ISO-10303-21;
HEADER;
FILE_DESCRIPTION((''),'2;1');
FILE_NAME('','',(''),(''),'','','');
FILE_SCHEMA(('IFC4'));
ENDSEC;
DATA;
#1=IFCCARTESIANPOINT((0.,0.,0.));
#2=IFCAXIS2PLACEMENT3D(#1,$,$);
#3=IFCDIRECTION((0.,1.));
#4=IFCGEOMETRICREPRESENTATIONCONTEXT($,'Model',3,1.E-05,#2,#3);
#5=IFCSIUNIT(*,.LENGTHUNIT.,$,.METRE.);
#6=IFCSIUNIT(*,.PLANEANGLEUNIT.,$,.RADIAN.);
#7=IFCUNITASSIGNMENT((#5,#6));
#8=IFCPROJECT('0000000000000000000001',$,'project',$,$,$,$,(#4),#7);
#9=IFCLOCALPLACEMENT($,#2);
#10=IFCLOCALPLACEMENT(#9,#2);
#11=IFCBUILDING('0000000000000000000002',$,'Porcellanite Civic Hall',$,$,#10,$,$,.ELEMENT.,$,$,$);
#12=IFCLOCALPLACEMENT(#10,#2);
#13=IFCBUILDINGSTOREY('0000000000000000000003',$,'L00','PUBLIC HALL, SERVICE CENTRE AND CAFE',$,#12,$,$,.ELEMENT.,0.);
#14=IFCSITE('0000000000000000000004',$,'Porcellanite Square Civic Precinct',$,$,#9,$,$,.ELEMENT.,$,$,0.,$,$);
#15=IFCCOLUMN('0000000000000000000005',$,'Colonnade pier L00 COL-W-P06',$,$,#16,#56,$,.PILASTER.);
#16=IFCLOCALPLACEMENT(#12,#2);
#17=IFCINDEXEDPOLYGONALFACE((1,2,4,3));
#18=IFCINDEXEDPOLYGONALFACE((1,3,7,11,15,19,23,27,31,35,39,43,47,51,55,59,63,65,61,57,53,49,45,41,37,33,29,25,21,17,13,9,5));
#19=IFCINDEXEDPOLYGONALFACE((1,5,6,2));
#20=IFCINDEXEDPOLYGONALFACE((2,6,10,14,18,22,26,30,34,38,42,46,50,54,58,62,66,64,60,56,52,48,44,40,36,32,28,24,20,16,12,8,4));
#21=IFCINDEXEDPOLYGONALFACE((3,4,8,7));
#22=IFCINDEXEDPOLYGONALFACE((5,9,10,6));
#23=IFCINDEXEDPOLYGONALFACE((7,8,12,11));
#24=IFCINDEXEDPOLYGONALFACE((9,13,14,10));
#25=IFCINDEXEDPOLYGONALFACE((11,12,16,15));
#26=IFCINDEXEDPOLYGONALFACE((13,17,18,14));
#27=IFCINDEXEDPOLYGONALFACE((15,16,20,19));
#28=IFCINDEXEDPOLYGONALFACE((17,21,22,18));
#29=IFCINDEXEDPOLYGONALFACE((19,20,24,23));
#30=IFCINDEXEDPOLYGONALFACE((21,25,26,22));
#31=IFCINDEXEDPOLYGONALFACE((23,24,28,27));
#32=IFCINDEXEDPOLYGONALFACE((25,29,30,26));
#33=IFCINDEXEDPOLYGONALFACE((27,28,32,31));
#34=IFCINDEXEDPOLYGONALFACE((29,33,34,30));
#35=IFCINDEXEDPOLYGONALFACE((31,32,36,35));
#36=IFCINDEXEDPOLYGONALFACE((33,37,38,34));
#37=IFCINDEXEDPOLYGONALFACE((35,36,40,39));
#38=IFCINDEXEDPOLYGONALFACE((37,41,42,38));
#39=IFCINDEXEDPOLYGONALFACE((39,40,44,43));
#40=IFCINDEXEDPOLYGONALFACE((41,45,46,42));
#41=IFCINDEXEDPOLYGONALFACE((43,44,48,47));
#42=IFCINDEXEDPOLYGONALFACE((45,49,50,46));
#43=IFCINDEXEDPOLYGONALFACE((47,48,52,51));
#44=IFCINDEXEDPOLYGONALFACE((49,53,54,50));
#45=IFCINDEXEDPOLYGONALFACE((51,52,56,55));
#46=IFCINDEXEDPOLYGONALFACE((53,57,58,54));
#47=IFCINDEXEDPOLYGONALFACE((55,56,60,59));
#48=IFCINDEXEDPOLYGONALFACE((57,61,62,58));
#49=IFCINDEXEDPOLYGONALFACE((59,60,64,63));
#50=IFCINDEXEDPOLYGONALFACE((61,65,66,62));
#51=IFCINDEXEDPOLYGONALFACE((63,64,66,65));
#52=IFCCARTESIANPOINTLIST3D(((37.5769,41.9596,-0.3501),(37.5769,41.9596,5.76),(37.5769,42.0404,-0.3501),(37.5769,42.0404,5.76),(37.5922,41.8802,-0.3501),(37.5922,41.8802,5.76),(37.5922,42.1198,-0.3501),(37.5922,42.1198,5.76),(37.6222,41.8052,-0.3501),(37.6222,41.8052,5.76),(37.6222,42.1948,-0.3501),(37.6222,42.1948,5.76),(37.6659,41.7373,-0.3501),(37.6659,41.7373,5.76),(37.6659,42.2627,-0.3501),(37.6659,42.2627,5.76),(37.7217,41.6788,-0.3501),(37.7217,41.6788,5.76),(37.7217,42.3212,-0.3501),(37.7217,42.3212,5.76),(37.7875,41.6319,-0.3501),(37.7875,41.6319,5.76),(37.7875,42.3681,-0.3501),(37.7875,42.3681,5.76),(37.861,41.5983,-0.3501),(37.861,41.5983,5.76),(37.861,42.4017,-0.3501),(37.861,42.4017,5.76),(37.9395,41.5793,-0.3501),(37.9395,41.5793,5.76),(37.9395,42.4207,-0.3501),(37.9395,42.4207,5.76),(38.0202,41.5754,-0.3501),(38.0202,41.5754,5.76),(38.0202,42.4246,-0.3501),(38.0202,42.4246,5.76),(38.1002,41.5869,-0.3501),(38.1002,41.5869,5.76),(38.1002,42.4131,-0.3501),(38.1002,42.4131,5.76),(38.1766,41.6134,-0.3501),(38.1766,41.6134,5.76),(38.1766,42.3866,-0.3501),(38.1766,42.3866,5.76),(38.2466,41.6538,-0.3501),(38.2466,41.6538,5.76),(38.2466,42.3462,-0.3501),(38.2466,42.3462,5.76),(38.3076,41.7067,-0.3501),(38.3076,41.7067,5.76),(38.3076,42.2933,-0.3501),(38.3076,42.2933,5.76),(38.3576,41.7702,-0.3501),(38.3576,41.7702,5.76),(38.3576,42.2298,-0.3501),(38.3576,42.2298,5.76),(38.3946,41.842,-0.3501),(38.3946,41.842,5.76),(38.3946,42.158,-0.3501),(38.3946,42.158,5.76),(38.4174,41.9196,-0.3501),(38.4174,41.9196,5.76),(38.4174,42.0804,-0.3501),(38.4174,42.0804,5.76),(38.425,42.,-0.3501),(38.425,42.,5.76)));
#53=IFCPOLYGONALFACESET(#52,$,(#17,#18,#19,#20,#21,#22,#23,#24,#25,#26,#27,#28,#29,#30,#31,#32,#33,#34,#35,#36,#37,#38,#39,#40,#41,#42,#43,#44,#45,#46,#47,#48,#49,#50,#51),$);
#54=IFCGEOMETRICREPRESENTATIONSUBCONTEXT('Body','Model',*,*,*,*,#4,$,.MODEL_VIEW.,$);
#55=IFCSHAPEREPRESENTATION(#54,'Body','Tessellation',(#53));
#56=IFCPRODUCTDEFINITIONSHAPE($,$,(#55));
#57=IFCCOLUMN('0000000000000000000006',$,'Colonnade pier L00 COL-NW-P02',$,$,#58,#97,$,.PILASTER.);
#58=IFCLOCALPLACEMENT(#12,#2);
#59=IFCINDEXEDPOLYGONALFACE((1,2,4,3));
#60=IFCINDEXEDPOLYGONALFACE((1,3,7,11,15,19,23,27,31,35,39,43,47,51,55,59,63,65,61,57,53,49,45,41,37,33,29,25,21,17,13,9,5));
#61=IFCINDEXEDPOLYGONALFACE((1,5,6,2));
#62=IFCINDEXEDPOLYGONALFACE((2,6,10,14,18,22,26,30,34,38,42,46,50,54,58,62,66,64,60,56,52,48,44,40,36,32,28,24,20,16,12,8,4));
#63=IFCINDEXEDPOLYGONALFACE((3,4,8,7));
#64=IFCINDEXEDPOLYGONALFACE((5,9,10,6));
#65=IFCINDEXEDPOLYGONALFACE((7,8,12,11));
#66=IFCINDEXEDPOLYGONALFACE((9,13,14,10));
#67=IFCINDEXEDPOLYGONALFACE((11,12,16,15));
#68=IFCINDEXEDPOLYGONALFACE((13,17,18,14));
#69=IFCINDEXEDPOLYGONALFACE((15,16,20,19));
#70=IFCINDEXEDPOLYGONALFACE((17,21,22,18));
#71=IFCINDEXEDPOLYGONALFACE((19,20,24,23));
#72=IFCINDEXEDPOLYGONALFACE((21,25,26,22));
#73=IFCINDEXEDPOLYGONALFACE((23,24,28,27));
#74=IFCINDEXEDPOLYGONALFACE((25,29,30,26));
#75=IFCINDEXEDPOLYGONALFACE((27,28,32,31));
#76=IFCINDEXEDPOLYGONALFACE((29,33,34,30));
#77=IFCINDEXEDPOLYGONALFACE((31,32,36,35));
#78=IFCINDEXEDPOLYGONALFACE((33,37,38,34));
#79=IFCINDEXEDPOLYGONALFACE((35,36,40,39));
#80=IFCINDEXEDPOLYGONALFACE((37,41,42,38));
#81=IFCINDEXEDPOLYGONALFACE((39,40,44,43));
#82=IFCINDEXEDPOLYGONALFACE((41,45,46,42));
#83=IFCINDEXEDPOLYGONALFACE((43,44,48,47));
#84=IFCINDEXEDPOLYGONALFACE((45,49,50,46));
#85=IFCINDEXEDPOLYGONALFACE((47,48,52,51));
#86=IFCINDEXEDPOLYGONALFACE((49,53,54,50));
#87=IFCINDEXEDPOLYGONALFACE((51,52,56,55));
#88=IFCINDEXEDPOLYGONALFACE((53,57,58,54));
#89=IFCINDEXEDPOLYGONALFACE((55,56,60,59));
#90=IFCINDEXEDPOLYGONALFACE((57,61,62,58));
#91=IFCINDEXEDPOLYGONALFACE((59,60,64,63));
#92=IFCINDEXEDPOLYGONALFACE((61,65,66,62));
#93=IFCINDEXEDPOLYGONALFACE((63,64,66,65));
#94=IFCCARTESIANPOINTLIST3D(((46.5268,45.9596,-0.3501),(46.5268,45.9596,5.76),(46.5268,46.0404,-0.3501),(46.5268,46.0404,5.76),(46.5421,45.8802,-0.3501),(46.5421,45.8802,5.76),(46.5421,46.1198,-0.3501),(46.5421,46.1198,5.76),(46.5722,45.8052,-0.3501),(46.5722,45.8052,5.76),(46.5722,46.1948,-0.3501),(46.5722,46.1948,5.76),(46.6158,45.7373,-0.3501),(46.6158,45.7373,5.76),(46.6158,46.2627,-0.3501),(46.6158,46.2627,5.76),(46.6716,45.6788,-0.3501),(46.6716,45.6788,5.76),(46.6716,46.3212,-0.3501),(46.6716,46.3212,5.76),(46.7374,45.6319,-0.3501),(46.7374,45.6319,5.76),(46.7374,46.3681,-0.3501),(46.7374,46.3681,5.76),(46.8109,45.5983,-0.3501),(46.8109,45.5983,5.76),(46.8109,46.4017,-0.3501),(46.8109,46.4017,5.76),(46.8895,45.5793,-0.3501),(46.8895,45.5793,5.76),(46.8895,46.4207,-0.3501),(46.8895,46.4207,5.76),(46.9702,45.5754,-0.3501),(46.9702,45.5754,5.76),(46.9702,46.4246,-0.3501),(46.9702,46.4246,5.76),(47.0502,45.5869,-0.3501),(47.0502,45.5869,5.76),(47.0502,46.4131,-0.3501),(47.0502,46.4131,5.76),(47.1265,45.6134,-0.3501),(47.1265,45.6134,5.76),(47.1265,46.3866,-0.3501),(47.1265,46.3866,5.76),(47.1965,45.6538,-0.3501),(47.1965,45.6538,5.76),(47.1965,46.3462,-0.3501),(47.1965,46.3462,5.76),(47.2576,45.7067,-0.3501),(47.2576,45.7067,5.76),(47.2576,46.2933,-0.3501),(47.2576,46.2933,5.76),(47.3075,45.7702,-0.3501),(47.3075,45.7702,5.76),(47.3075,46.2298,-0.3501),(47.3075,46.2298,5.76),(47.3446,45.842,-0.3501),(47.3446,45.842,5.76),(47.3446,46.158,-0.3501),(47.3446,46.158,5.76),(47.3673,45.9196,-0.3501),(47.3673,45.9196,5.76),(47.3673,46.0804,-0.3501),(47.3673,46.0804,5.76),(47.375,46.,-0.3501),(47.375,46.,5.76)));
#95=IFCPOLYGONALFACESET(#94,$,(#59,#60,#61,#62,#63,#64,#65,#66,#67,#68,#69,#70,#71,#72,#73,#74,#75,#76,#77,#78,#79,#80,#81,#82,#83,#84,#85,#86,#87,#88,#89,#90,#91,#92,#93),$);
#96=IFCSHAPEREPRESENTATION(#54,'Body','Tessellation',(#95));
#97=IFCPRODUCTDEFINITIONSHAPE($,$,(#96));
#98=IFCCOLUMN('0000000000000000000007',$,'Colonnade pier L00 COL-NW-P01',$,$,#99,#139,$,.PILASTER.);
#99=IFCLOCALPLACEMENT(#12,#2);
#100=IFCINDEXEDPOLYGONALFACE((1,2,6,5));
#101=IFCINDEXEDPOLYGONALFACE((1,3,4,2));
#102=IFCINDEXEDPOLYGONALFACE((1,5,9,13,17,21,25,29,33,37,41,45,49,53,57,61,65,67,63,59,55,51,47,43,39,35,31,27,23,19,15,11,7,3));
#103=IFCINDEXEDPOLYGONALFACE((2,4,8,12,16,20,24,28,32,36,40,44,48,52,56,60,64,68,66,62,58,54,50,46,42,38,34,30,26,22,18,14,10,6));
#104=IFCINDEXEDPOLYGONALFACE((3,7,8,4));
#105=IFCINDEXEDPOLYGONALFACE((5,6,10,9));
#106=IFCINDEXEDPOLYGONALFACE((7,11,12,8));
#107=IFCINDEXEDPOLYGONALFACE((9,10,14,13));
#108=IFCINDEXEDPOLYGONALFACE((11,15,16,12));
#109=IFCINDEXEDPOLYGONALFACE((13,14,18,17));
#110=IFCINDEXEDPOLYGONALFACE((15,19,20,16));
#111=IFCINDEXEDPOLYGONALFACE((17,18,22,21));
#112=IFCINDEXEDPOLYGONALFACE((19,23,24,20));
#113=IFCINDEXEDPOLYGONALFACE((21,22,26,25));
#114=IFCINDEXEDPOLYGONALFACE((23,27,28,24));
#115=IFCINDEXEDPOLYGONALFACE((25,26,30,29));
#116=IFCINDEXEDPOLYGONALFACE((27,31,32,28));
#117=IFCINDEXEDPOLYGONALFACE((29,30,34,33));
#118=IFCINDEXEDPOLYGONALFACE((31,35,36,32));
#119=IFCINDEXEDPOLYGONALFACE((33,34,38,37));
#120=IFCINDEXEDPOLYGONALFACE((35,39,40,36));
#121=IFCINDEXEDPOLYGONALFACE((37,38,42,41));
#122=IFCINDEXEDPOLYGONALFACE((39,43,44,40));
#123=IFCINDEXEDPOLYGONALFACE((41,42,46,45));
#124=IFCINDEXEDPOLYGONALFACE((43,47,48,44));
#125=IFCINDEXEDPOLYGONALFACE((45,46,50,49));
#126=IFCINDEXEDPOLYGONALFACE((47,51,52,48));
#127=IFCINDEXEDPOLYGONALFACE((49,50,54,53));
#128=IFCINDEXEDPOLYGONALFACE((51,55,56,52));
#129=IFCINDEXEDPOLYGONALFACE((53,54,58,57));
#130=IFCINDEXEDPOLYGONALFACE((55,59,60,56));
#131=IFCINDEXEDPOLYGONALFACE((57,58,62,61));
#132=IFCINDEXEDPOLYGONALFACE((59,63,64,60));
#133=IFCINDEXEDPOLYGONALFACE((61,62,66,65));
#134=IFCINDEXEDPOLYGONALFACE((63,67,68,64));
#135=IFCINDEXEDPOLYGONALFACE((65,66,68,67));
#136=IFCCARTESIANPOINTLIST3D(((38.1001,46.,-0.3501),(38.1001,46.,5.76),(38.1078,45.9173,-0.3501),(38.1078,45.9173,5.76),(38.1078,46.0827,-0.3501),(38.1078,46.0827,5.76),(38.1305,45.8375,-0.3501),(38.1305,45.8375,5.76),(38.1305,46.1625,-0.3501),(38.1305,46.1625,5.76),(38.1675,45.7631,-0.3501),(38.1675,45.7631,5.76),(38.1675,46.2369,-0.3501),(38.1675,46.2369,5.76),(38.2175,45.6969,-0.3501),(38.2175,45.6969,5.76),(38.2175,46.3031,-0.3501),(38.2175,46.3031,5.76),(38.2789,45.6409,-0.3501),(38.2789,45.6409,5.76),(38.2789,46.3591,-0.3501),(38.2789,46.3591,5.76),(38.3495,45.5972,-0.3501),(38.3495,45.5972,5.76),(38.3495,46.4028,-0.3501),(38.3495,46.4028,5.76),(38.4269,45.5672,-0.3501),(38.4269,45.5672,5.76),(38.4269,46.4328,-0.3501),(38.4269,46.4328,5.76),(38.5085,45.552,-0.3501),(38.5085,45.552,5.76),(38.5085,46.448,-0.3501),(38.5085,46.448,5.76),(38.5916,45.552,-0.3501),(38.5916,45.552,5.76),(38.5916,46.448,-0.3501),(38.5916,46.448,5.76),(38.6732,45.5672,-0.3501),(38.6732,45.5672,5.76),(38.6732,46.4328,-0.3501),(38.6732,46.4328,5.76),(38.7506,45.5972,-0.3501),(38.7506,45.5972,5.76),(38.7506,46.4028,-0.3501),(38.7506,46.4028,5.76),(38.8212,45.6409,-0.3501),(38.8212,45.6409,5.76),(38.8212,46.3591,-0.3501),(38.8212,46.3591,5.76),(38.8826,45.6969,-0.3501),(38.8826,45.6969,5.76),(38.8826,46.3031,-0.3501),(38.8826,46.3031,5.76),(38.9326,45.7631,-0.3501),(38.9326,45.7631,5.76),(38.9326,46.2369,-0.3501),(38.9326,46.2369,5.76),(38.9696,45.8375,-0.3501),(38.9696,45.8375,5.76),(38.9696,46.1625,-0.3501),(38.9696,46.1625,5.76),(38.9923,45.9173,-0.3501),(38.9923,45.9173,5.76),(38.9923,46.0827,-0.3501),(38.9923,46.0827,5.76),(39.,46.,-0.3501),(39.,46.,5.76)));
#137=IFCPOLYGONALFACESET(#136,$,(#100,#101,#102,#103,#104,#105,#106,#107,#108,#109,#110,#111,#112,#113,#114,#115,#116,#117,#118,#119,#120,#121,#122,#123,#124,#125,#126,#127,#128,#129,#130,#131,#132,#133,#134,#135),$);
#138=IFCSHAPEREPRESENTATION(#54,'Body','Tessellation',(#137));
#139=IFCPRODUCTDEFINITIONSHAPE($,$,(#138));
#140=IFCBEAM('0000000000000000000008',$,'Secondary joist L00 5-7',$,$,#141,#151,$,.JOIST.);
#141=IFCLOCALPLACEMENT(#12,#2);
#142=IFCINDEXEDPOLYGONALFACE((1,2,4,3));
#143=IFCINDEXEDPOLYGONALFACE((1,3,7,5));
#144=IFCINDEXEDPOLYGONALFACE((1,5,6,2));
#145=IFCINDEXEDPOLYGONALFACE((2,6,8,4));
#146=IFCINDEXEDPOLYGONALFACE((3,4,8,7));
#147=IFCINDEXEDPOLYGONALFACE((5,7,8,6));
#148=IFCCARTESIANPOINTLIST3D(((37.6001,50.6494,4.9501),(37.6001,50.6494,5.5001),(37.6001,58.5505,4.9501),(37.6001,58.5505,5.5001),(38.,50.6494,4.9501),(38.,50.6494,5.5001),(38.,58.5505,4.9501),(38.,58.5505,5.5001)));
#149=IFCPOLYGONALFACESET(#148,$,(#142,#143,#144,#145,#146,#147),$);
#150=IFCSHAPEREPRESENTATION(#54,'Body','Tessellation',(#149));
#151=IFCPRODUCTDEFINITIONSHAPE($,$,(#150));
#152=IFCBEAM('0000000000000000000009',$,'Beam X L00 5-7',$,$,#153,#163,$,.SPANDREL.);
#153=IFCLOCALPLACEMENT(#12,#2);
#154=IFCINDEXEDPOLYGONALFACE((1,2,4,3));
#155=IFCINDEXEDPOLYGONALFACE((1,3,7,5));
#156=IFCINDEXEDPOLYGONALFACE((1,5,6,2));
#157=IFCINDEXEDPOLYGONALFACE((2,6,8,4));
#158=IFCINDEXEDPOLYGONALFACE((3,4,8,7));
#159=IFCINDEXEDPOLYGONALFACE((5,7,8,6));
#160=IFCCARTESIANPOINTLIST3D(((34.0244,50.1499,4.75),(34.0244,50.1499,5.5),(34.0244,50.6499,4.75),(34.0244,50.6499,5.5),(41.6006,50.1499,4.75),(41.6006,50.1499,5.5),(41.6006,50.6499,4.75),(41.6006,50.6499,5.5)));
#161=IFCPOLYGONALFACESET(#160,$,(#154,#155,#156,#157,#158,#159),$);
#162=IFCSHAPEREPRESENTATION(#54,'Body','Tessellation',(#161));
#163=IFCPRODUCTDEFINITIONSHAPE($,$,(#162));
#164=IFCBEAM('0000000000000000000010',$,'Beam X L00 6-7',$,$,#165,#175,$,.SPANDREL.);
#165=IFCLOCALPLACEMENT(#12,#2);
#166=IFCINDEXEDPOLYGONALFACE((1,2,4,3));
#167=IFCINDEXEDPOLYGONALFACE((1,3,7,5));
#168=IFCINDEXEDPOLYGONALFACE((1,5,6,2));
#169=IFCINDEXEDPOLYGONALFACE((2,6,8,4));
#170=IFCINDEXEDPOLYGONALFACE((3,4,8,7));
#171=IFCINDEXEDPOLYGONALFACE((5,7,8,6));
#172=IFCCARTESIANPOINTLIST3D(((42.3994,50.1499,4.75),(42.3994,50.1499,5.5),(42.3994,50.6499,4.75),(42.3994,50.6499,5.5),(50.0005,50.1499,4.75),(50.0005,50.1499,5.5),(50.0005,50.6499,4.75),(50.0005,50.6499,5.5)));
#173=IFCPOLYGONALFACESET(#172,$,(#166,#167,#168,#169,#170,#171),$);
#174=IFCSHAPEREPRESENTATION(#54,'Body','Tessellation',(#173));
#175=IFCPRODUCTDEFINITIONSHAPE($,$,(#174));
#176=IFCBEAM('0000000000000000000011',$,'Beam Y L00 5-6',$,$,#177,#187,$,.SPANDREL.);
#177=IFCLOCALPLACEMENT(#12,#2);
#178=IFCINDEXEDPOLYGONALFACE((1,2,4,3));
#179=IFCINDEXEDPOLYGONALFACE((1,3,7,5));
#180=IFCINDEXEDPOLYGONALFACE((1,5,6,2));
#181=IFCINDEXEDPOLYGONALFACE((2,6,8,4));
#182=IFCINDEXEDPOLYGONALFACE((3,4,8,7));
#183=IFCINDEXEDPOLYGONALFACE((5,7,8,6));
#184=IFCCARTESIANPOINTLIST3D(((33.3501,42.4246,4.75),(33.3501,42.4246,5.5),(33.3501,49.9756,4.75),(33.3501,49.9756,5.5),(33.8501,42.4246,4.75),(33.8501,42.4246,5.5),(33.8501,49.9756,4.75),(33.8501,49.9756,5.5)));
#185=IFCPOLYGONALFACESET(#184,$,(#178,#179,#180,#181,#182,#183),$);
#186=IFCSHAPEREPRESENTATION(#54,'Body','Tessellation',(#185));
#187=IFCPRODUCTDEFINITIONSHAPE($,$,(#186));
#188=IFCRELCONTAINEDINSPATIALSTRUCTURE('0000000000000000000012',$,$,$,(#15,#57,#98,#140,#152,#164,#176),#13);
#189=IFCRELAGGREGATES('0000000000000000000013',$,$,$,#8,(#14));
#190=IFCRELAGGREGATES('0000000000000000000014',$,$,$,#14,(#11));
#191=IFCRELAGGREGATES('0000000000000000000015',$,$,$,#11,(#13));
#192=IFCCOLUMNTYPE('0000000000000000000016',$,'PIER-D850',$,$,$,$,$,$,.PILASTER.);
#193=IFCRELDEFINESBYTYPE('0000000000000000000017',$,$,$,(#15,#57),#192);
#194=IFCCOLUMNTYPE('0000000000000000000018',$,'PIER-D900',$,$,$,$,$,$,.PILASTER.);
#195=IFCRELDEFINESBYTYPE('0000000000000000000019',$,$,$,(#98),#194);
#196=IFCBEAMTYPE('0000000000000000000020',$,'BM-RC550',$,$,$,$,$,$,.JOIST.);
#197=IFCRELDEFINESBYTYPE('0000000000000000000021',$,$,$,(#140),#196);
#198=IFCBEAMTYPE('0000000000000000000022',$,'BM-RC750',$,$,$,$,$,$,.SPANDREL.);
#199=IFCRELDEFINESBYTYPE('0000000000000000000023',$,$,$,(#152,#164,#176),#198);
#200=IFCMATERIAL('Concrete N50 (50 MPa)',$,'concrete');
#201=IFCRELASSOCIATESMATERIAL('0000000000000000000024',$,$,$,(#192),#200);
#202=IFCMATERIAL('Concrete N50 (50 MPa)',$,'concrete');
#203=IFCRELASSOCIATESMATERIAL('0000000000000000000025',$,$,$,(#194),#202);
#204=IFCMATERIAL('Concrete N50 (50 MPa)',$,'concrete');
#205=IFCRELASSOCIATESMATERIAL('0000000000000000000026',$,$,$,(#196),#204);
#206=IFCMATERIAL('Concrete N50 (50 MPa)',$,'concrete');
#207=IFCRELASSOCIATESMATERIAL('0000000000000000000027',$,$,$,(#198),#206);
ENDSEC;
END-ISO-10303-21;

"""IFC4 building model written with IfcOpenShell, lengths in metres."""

from ifc_helpers import new_model, si_unit, direction, frame, origin, origin_2d, place, context, subcontext, project, spatial, rectangle, circle, extrude, material, material_profile, profile_set, type_object, element, save


model = new_model("IFC4")

# Units and contexts
model_context = context("Model", 3, precision=1e-05, world=origin(), true_north=direction((0.0, 1.0)))
body_context = subcontext(model_context, "Body", "Model", "MODEL_VIEW")
ifc_project = project(units=[si_unit("LENGTHUNIT", "METRE"), si_unit("PLANEANGLEUNIT", "RADIAN")], contexts=[model_context])

# Site, building, storey
site_placement = place(None, origin())
site = spatial("IfcSite", under=ifc_project, at=site_placement, Name="Porcellanite Square Civic Precinct", CompositionType="ELEMENT", RefElevation=0.0)
building_placement = place(site_placement, origin())
building = spatial("IfcBuilding", under=site, at=building_placement, Name="Porcellanite Civic Hall", CompositionType="ELEMENT")
storey_placement = place(building_placement, origin())
storey = spatial("IfcBuildingStorey", under=building, at=storey_placement, Name="L00", Description="PUBLIC HALL, SERVICE CENTRE AND CAFE", CompositionType="ELEMENT", Elevation=0.0)

# Columns
ifc_material_1 = material(Name="Concrete N50 (50 MPa)", Category="concrete")
ifc_material_profile_1 = material_profile(ifc_material_1, circle(Radius=0.425, at=origin_2d()), Name="RC-D850")
ifc_profile_set_1 = profile_set([ifc_material_profile_1], Name="Concrete N50 (50 MPa)")
column_type_1 = type_object("IfcColumnType", Name="PIER-D850", PredefinedType="PILASTER", material=ifc_profile_set_1)
for number, where, z_axis, x_axis, name in (
    (1, (38.0, 42.0, -0.3501), (0.0, 0.0, 1.0), (1.0, 0.0, 0.0), "Colonnade pier L00 COL-W-P06"),
    (2, (46.95, 46.0, -0.3501), (0.0, 0.0, 1.0), (1.0, 0.0, 0.0), "Colonnade pier L00 COL-NW-P02"),
):
    element("IfcColumn", number, at=place(storey_placement, frame(where, z_axis=z_axis, x_axis=x_axis)), inside=storey, type_object=column_type_1, Name=name, PredefinedType="PILASTER", context=body_context, shape_type="SweptSolid", body=[
        extrude(circle(Radius=0.425, at=origin_2d()), origin(), (0.0, 0.0, 1.0), 6.1101),
    ])
ifc_material_2 = material(Name="Concrete N50 (50 MPa)", Category="concrete")
ifc_material_profile_2 = material_profile(ifc_material_2, circle(Radius=0.45, at=origin_2d()), Name="RC-D900")
ifc_profile_set_2 = profile_set([ifc_material_profile_2], Name="Concrete N50 (50 MPa)")
column_type_2 = type_object("IfcColumnType", Name="PIER-D900", PredefinedType="PILASTER", material=ifc_profile_set_2)
column_1_placement = place(storey_placement, frame((38.55, 46.0, -0.3501), z_axis=(0.0, 0.0, 1.0), x_axis=(1.0, 0.0, 0.0)))
element("IfcColumn", 3, at=column_1_placement, inside=storey, type_object=column_type_2, Name="Colonnade pier L00 COL-NW-P01", PredefinedType="PILASTER", context=body_context, shape_type="SweptSolid", body=[
    extrude(circle(Radius=0.45, at=origin_2d()), origin(), (0.0, 0.0, 1.0), 6.1101),
])

# Beams
ifc_material_3 = material(Name="Concrete N50 (50 MPa)", Category="concrete")
ifc_material_profile_3 = material_profile(ifc_material_3, rectangle(XDim=0.3999, YDim=0.55, at=origin_2d()), Name="RC-400x550")
ifc_profile_set_3 = profile_set([ifc_material_profile_3], Name="Concrete N50 (50 MPa)")
beam_type_1 = type_object("IfcBeamType", Name="BM-RC550", PredefinedType="JOIST", material=ifc_profile_set_3)
beam_1_placement = place(storey_placement, frame((37.8, 50.6494, 5.2251), z_axis=(0.0, 1.0, 0.0), x_axis=(-1.0, 0.0, 0.0)))
element("IfcBeam", 4, at=beam_1_placement, inside=storey, type_object=beam_type_1, Name="Secondary joist L00 5-7", PredefinedType="JOIST", context=body_context, shape_type="SweptSolid", body=[
    extrude(rectangle(XDim=0.3999, YDim=0.55, at=origin_2d()), origin(), (0.0, 0.0, 1.0), 7.9011),
])
ifc_material_4 = material(Name="Concrete N50 (50 MPa)", Category="concrete")
ifc_material_profile_4 = material_profile(ifc_material_4, rectangle(XDim=0.5, YDim=0.75, at=origin_2d()), Name="RC-500x750")
ifc_profile_set_4 = profile_set([ifc_material_profile_4], Name="Concrete N50 (50 MPa)")
beam_type_2 = type_object("IfcBeamType", Name="BM-RC750", PredefinedType="SPANDREL", material=ifc_profile_set_4)
beam_2_placement = place(storey_placement, frame((34.0244, 50.3999, 5.125), z_axis=(1.0, 0.0, 0.0), x_axis=(0.0, 1.0, 0.0)))
element("IfcBeam", 5, at=beam_2_placement, inside=storey, type_object=beam_type_2, Name="Beam X L00 5-7", PredefinedType="SPANDREL", context=body_context, shape_type="SweptSolid", body=[
    extrude(rectangle(XDim=0.5, YDim=0.75, at=origin_2d()), origin(), (0.0, 0.0, 1.0), 7.5762),
])
beam_3_placement = place(storey_placement, frame((42.3994, 50.3999, 5.125), z_axis=(1.0, 0.0, 0.0), x_axis=(0.0, 1.0, 0.0)))
element("IfcBeam", 6, at=beam_3_placement, inside=storey, type_object=beam_type_2, Name="Beam X L00 6-7", PredefinedType="SPANDREL", context=body_context, shape_type="SweptSolid", body=[
    extrude(rectangle(XDim=0.5, YDim=0.75, at=origin_2d()), origin(), (0.0, 0.0, 1.0), 7.6011),
])
beam_4_placement = place(storey_placement, frame((33.6001, 42.4246, 5.125), z_axis=(0.0, 1.0, 0.0), x_axis=(-1.0, 0.0, 0.0)))
element("IfcBeam", 7, at=beam_4_placement, inside=storey, type_object=beam_type_2, Name="Beam Y L00 5-6", PredefinedType="SPANDREL", context=body_context, shape_type="SweptSolid", body=[
    extrude(rectangle(XDim=0.5, YDim=0.75, at=origin_2d()), origin(), (0.0, 0.0, 1.0), 7.551),
])

save(model, "model.ifc")
